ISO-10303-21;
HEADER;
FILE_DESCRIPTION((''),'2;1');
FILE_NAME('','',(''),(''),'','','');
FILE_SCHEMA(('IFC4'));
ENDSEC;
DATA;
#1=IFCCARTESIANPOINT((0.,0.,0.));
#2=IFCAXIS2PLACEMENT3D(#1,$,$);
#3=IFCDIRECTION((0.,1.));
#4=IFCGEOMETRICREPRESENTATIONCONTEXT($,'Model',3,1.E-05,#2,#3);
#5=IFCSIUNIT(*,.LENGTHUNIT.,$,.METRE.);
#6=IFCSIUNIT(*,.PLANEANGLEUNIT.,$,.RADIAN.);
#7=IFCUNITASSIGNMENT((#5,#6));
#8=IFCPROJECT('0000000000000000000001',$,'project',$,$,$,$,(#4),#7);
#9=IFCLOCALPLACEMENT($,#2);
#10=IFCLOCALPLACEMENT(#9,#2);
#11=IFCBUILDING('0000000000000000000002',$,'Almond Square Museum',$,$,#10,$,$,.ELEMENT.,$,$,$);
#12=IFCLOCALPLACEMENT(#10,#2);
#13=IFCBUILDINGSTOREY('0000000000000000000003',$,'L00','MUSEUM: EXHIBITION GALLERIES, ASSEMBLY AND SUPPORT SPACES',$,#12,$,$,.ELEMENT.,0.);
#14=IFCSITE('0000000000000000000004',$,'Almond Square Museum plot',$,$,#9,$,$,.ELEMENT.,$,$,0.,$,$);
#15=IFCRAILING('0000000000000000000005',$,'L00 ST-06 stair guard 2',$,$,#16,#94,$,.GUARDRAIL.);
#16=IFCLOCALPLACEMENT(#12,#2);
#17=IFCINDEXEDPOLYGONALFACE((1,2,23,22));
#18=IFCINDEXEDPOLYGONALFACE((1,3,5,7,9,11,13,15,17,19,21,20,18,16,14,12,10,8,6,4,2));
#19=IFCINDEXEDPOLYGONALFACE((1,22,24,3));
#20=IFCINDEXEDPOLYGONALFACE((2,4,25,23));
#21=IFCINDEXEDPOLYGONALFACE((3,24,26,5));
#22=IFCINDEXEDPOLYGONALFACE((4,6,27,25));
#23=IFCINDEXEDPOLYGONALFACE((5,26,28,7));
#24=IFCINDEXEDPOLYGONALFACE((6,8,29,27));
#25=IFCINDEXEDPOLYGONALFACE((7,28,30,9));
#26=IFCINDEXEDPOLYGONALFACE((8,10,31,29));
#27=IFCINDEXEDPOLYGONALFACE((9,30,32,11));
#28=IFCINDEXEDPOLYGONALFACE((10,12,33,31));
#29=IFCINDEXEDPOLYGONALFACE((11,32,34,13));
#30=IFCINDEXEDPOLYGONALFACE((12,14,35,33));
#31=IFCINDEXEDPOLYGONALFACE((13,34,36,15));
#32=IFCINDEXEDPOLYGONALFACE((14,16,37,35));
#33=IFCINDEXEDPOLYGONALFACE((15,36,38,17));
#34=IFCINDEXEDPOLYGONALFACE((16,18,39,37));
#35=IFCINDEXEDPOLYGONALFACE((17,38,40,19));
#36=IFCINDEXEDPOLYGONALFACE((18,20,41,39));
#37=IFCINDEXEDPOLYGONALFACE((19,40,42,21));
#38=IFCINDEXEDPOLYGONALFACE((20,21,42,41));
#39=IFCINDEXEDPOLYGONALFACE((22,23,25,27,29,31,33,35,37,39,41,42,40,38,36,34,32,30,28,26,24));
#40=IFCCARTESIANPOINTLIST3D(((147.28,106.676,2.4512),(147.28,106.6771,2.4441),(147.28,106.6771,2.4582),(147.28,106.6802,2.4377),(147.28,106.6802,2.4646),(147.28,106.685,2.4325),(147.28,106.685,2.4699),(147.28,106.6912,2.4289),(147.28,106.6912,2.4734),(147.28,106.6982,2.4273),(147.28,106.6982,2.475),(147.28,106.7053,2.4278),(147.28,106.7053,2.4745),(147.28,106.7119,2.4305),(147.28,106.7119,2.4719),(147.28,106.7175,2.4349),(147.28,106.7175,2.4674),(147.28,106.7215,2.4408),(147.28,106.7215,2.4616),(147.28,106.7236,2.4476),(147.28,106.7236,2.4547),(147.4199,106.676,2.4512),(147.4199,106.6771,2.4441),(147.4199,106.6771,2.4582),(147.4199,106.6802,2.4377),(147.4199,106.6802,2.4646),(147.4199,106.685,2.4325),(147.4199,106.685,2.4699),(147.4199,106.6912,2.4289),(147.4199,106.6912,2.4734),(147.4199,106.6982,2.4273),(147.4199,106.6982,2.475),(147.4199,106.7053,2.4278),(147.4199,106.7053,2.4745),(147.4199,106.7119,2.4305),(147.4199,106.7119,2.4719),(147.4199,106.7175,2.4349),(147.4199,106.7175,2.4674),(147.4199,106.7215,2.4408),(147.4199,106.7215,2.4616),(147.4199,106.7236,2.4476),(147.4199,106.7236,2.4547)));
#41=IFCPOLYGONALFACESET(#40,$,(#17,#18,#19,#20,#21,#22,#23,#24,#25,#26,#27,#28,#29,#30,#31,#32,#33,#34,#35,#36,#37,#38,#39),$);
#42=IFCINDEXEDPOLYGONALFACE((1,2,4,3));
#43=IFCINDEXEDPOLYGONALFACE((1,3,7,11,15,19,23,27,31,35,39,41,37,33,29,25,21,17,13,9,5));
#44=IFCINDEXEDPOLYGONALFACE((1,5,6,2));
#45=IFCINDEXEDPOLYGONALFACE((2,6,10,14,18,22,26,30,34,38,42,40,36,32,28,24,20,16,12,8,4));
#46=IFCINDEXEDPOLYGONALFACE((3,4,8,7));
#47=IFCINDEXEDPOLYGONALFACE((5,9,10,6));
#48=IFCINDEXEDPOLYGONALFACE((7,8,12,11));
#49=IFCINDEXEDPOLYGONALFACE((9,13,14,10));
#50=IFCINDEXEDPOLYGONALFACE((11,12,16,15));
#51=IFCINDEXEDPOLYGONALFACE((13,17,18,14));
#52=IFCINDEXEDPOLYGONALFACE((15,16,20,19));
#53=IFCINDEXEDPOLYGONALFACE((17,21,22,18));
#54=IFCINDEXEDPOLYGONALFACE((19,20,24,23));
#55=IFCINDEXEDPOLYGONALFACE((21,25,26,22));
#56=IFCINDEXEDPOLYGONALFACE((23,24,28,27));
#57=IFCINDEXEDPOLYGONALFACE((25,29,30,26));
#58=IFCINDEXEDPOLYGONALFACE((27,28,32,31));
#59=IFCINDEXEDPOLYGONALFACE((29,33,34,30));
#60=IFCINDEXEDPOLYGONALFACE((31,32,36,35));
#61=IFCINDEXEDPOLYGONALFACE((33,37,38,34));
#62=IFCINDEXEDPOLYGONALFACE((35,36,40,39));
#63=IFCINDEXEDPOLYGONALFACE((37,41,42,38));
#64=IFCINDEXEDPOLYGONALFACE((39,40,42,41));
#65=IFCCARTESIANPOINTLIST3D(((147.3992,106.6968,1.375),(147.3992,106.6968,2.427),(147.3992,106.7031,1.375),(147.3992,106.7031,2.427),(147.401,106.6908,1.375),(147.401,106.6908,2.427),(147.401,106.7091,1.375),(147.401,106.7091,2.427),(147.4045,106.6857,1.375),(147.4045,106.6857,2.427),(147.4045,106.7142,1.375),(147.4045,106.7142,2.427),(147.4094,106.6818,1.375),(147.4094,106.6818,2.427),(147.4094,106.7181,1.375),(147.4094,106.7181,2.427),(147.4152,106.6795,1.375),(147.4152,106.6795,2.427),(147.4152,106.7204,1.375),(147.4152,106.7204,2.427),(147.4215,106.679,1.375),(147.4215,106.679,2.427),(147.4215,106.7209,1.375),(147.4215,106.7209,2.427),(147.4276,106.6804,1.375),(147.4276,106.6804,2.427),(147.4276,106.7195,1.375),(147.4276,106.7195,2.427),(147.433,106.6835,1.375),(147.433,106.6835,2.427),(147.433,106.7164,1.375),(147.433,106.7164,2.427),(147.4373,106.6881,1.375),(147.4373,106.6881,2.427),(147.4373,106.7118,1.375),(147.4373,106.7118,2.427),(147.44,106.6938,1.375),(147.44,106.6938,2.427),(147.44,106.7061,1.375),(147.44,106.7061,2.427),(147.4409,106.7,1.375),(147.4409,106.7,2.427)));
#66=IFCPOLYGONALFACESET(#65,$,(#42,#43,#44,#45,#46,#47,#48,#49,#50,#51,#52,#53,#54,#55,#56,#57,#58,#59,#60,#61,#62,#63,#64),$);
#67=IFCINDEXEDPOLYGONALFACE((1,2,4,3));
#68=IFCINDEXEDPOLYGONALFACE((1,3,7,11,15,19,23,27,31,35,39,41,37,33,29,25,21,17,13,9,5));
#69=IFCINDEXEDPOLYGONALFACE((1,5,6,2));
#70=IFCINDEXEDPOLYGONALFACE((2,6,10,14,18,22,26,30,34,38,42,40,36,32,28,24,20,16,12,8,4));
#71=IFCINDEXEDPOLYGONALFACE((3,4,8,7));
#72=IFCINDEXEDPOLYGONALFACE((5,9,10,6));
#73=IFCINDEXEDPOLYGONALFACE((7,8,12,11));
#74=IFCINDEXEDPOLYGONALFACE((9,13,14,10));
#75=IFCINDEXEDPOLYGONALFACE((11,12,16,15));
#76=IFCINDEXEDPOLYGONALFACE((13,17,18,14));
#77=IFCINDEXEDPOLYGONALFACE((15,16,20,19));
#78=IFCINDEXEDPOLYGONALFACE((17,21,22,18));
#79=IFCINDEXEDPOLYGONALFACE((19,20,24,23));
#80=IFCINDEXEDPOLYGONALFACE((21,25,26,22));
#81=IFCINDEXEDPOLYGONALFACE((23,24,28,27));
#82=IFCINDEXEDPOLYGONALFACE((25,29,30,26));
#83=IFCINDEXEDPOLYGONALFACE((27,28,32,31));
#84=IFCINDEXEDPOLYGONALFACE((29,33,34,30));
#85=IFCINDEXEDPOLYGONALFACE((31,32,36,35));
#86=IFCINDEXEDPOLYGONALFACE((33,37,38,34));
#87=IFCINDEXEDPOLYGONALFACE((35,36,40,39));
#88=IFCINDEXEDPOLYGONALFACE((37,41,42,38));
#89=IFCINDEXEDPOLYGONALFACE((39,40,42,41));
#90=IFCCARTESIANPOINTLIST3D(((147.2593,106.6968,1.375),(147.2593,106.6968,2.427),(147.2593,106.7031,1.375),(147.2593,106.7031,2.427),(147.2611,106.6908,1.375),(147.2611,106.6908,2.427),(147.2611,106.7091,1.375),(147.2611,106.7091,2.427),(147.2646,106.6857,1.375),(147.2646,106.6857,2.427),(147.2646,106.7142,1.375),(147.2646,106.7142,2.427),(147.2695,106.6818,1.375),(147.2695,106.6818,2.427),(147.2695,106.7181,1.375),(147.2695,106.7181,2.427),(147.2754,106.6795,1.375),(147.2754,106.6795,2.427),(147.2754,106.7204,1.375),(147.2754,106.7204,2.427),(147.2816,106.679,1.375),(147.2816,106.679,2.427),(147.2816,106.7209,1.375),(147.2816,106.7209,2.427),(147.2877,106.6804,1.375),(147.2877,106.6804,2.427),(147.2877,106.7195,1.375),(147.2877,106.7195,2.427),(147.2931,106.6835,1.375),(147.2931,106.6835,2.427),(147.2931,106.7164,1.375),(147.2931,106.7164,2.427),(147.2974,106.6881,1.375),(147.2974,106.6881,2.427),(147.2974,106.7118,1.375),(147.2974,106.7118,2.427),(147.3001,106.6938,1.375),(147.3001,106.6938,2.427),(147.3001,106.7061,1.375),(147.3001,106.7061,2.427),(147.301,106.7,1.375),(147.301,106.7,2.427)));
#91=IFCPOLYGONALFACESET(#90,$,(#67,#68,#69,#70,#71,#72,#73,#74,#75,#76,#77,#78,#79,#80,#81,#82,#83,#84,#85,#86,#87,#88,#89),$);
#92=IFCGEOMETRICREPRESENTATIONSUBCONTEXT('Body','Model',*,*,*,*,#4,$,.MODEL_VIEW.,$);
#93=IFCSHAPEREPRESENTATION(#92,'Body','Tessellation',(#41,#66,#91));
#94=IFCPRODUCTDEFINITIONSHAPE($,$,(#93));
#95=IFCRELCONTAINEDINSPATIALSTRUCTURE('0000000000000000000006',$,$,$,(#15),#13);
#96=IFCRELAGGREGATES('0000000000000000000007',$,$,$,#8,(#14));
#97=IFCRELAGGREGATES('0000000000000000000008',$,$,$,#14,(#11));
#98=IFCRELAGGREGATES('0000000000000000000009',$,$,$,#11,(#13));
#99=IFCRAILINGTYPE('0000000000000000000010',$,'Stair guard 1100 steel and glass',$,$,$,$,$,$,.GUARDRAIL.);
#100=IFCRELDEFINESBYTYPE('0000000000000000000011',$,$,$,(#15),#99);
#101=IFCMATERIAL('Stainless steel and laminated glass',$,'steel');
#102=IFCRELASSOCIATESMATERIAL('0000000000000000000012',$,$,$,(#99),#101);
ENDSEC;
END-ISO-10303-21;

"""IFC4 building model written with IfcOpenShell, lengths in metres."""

from ifc_helpers import new_model, si_unit, direction, frame, origin, origin_2d, place, context, subcontext, project, spatial, circle, extrude, material, type_object, element, save


model = new_model("IFC4")

# Units and contexts
model_context = context("Model", 3, precision=1e-05, world=origin(), true_north=direction((0.0, 1.0)))
body_context = subcontext(model_context, "Body", "Model", "MODEL_VIEW")
ifc_project = project(units=[si_unit("LENGTHUNIT", "METRE"), si_unit("PLANEANGLEUNIT", "RADIAN")], contexts=[model_context])

# Site, building, storey
site_placement = place(None, origin())
site = spatial("IfcSite", under=ifc_project, at=site_placement, Name="Almond Square Museum plot", CompositionType="ELEMENT", RefElevation=0.0)
building_placement = place(site_placement, origin())
building = spatial("IfcBuilding", under=site, at=building_placement, Name="Almond Square Museum", CompositionType="ELEMENT")
storey_placement = place(building_placement, origin())
storey = spatial("IfcBuildingStorey", under=building, at=storey_placement, Name="L00", Description="MUSEUM: EXHIBITION GALLERIES, ASSEMBLY AND SUPPORT SPACES", CompositionType="ELEMENT", Elevation=0.0)

# Railing
ifc_material_1 = material(Name="Stainless steel and laminated glass", Category="steel")
railing_type_1 = type_object("IfcRailingType", Name="Stair guard 1100 steel and glass", PredefinedType="GUARDRAIL", material=ifc_material_1)
railing_1_placement = place(storey_placement, frame((147.4199, 106.7, 1.375)))
element("IfcRailing", 1, at=railing_1_placement, inside=storey, type_object=railing_type_1, Name="L00 ST-06 stair guard 2", PredefinedType="GUARDRAIL", context=body_context, shape_type="SweptSolid", body=[
    extrude(circle(Radius=0.0239, at=origin_2d()), frame((0.0, 0.0, 1.0762), z_axis=(-1.0, 0.0, 0.0), x_axis=(0.0, -1.0, 0.0)), (0.0, 0.0, 1.0), 0.1399),
    extrude(circle(Radius=0.021, at=origin_2d()), origin(), (0.0, 0.0, 1.0), 1.052),
    extrude(circle(Radius=0.021, at=origin_2d()), frame((-0.1399, 0.0, 0.0)), (0.0, 0.0, 1.0), 1.052),
])

save(model, "model.ifc")
